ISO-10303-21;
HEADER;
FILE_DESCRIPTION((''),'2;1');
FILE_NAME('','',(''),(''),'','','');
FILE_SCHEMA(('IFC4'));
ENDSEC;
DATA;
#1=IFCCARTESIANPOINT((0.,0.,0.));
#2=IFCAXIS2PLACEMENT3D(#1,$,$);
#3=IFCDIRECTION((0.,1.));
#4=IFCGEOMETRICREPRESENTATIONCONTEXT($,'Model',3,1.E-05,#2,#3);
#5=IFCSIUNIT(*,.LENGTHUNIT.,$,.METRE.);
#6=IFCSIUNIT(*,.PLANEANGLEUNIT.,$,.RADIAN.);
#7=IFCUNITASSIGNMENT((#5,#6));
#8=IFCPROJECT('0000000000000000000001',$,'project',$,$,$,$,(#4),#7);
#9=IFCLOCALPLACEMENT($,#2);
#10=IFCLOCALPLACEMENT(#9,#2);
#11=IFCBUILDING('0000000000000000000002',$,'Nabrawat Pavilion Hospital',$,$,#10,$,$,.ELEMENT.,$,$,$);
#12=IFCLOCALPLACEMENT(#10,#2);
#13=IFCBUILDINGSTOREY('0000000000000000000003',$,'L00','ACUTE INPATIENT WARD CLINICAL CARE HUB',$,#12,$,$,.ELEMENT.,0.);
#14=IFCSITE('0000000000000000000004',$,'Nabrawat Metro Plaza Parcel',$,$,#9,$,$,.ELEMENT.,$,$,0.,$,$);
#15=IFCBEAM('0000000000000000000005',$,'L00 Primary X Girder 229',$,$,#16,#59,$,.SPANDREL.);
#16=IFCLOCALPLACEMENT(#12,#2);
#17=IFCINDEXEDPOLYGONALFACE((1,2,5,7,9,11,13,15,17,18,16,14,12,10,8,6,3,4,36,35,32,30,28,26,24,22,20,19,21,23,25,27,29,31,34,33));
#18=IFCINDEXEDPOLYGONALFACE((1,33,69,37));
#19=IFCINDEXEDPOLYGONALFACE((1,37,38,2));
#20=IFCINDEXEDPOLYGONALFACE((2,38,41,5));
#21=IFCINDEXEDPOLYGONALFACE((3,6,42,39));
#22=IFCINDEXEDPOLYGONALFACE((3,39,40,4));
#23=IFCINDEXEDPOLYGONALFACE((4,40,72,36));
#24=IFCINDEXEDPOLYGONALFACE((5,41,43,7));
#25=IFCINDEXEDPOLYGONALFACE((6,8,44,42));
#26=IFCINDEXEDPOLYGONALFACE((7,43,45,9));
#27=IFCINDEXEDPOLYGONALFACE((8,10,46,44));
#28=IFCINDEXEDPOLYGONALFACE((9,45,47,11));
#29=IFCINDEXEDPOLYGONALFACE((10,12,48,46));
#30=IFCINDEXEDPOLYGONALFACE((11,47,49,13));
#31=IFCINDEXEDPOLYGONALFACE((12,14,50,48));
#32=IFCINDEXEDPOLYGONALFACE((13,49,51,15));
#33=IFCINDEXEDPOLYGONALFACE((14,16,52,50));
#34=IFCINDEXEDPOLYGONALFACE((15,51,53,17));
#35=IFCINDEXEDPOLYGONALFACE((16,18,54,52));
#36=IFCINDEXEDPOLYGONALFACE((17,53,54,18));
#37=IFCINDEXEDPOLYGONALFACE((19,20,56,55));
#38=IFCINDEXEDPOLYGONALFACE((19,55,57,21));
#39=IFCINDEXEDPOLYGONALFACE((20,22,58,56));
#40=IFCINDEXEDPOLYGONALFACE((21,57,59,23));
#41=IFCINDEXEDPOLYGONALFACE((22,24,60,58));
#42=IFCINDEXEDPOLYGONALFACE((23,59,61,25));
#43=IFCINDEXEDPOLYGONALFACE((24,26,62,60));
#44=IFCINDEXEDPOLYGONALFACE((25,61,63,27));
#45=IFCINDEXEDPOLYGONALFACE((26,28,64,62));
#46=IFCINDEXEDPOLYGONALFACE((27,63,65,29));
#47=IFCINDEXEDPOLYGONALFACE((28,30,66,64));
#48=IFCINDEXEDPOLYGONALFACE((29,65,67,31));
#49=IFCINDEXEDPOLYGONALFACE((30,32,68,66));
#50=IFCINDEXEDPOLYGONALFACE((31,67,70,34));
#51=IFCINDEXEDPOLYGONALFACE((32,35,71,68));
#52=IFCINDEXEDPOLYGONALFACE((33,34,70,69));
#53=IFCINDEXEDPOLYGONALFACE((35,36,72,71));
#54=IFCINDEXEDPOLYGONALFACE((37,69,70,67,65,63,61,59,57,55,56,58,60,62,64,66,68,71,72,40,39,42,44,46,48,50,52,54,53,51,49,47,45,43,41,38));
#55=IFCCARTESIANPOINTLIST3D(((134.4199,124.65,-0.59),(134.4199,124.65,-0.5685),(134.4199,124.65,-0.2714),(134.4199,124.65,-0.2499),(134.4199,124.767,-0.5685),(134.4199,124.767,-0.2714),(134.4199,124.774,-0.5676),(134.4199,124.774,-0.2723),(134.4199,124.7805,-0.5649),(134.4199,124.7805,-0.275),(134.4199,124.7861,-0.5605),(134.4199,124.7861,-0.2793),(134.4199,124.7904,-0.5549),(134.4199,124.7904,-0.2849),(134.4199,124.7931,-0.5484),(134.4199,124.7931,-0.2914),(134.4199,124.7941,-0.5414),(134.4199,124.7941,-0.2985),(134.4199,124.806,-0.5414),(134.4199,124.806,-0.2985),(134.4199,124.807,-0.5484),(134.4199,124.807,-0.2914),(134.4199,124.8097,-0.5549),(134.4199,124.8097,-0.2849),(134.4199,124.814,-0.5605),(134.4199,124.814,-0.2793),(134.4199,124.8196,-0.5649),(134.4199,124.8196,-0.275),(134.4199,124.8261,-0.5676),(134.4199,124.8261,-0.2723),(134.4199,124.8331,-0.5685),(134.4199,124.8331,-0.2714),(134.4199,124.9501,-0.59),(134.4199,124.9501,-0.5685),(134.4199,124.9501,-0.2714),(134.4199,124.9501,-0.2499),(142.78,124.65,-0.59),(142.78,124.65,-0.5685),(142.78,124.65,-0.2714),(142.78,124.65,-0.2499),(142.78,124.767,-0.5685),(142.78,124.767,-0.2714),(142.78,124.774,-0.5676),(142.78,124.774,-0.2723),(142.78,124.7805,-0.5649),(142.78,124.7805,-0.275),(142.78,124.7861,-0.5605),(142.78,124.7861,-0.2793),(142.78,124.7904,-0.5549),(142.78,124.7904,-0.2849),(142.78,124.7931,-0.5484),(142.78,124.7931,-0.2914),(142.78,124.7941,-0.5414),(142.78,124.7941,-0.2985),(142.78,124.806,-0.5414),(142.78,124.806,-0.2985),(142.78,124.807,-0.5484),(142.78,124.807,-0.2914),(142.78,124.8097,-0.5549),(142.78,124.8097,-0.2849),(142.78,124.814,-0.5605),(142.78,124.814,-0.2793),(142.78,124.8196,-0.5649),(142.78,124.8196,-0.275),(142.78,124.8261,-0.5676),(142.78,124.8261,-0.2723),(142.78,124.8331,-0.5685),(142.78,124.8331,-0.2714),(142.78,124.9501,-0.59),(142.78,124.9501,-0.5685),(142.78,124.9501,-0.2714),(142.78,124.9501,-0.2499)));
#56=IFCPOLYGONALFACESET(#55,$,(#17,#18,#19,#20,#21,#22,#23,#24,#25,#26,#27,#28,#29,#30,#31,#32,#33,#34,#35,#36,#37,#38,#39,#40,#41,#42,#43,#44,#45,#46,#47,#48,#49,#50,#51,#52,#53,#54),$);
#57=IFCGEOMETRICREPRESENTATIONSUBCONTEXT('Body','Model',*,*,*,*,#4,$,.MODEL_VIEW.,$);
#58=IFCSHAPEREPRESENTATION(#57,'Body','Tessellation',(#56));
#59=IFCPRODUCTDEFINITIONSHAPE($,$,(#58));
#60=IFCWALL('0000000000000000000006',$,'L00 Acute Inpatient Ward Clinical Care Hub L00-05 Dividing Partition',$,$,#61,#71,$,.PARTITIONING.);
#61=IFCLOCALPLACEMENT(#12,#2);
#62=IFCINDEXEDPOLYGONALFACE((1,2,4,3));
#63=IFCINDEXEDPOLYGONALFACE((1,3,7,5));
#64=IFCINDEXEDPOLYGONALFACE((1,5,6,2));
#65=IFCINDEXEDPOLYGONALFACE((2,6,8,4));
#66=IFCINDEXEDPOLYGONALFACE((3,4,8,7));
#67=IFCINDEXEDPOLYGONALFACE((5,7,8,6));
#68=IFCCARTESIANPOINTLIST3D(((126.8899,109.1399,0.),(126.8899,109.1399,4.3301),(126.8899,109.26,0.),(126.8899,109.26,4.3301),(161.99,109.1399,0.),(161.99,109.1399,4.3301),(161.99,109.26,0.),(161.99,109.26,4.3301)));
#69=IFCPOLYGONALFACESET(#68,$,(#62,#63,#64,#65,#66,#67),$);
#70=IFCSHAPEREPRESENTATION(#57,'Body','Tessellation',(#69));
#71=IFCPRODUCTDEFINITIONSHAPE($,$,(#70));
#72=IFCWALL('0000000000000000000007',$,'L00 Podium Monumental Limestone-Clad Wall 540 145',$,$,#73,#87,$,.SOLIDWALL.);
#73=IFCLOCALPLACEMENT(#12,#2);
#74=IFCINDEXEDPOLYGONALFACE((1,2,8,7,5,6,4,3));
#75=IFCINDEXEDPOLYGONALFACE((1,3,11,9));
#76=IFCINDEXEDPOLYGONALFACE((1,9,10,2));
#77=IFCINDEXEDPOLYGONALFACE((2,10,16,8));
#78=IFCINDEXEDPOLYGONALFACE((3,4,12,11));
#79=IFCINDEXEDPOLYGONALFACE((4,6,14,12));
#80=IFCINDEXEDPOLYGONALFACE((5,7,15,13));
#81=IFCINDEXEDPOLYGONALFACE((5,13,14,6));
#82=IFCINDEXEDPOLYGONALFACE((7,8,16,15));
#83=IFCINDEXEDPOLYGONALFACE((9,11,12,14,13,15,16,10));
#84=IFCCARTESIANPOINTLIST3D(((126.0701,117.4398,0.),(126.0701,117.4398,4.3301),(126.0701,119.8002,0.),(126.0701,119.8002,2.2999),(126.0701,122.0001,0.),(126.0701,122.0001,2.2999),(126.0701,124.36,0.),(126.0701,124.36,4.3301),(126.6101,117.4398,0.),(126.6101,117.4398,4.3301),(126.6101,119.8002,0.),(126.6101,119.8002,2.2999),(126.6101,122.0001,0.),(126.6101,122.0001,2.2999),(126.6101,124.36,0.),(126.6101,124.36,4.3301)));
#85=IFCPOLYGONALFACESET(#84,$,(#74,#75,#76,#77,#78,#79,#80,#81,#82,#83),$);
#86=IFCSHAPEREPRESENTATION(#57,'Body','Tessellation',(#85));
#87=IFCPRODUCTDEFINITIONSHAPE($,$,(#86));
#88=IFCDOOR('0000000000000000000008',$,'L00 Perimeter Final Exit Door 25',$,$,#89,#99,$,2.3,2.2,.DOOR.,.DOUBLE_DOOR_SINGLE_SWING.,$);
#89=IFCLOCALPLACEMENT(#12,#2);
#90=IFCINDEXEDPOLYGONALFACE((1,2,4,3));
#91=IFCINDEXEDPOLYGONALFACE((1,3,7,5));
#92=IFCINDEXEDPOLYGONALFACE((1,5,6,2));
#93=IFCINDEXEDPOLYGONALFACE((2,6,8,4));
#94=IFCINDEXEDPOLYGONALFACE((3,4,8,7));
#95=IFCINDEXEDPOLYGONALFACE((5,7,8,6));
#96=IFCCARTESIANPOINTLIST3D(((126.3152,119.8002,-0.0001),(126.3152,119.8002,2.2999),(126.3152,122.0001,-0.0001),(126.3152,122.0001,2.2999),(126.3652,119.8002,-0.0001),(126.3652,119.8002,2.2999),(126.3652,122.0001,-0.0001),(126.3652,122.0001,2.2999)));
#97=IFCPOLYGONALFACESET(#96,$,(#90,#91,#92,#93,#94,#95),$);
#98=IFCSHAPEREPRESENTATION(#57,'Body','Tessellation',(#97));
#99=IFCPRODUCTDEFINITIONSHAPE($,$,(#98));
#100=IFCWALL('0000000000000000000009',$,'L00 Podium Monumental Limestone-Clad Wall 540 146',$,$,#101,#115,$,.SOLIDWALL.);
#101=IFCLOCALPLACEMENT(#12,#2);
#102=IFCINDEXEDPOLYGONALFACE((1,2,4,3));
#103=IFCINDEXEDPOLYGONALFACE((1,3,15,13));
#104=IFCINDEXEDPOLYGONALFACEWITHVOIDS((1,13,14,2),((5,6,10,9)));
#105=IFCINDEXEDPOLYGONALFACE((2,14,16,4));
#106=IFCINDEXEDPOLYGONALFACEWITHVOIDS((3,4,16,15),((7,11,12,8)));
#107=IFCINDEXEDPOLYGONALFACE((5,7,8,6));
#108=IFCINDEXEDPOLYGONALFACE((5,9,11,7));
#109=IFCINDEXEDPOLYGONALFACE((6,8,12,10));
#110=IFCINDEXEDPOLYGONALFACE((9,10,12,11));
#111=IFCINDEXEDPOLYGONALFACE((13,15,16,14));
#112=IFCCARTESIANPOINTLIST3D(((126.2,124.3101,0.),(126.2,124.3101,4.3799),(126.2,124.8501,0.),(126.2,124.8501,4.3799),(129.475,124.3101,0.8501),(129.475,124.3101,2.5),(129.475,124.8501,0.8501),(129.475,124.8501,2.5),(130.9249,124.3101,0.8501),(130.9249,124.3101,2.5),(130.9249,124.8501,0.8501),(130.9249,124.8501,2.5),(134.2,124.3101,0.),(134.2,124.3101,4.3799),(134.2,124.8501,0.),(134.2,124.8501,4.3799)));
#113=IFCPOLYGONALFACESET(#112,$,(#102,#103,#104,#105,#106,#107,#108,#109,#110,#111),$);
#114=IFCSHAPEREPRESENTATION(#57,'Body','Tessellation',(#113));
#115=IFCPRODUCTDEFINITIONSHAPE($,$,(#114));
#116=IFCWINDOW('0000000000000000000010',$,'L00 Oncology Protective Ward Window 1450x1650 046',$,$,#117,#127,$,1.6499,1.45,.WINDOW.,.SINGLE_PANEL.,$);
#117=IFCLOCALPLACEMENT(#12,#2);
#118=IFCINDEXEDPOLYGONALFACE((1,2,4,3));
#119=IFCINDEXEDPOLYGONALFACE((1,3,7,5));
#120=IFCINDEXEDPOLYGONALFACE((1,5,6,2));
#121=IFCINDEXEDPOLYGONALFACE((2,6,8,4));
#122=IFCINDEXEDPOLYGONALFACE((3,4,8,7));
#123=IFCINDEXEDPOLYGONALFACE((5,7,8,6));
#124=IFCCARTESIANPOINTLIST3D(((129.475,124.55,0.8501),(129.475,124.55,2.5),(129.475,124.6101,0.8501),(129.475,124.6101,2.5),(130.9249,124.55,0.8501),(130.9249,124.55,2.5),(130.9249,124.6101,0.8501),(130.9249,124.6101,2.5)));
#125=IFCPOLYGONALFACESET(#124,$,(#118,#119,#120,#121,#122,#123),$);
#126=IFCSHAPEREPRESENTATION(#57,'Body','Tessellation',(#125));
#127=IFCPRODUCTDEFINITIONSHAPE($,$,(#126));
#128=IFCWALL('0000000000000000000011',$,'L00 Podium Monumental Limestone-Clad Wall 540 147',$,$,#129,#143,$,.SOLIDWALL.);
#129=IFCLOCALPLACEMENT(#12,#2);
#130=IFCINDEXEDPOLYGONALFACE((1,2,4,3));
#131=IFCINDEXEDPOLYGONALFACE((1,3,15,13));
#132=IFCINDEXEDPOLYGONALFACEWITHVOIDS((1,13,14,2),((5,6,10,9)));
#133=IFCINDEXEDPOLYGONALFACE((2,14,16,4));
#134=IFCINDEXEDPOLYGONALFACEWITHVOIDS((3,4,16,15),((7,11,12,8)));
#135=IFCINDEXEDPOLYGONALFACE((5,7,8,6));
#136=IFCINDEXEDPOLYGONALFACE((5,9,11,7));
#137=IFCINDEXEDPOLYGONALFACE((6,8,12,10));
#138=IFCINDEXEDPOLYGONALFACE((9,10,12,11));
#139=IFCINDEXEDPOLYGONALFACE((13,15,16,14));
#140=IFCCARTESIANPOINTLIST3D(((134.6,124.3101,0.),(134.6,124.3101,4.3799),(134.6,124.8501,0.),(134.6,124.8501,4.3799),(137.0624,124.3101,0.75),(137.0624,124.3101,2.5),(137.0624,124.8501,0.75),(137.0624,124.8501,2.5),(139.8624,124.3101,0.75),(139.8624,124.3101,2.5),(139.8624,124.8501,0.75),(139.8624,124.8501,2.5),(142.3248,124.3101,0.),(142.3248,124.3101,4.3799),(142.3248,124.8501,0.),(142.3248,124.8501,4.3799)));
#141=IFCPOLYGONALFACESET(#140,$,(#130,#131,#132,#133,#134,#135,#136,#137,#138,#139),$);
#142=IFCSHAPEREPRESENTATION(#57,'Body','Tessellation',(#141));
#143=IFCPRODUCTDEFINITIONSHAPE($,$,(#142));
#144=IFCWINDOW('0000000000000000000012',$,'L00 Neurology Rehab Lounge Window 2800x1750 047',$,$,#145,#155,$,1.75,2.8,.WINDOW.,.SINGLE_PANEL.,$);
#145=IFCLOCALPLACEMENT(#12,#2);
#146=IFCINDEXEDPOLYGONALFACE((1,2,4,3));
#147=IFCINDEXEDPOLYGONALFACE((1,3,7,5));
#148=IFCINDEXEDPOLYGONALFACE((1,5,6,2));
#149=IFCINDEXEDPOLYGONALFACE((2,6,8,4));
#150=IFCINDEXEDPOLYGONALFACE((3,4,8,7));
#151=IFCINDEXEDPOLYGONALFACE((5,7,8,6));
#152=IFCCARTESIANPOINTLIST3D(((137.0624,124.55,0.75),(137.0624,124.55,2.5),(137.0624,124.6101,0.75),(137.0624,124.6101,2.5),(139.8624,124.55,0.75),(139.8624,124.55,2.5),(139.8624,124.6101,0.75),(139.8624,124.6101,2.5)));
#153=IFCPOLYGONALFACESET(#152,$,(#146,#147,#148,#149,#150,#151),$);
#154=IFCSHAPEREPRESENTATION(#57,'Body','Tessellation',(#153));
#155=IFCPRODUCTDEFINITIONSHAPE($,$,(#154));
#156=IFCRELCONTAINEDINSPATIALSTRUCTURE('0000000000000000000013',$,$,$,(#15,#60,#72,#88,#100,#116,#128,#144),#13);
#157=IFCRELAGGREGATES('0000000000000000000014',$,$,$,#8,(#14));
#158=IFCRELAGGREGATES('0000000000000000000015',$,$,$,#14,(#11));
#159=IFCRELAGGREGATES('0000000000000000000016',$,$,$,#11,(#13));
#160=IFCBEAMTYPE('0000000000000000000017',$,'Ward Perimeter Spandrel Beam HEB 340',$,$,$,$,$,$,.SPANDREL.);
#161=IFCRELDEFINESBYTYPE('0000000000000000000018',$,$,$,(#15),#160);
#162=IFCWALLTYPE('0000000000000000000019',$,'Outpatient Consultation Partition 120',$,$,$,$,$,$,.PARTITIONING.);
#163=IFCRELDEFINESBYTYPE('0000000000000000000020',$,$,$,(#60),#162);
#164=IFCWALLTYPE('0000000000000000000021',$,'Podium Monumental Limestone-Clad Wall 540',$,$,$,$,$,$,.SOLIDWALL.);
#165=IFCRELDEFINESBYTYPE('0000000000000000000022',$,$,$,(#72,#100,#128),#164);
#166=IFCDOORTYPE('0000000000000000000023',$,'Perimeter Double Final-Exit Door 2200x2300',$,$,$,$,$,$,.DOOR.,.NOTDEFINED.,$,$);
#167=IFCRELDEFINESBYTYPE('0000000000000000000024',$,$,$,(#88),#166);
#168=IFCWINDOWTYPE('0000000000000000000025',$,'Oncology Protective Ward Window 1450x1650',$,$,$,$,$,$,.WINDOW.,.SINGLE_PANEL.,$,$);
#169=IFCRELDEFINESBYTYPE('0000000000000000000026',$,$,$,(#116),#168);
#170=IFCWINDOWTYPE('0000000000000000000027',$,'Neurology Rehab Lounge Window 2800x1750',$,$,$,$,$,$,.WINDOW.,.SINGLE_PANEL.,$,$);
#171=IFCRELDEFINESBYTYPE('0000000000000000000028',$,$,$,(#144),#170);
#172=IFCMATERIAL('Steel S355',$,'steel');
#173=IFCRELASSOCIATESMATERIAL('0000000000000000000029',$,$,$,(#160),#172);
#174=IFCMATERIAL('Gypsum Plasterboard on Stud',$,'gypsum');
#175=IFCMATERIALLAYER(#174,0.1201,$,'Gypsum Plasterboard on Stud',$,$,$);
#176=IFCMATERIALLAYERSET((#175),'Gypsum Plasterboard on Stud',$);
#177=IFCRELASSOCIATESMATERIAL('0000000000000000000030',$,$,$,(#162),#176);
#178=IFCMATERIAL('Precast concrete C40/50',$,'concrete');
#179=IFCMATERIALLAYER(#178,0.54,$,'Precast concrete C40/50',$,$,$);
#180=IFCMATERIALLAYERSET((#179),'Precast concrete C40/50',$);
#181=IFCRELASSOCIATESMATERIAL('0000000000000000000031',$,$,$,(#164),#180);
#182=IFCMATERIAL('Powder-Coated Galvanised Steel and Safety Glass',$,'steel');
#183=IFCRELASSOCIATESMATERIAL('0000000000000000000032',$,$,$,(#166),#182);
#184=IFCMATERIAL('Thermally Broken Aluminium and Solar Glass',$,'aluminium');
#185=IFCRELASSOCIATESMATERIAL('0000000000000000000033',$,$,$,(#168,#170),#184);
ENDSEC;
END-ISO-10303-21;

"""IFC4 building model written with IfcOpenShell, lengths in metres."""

from ifc_helpers import new_model, si_unit, direction, frame, frame_2d, origin, origin_2d, place, context, subcontext, project, spatial, rectangle, i_section, extrude, material, layer, layer_set, material_profile, profile_set, type_object, element, fill, save


model = new_model("IFC4")

# Units and contexts
model_context = context("Model", 3, precision=1e-05, world=origin(), true_north=direction((0.0, 1.0)))
body_context = subcontext(model_context, "Body", "Model", "MODEL_VIEW")
ifc_project = project(units=[si_unit("LENGTHUNIT", "METRE"), si_unit("PLANEANGLEUNIT", "RADIAN")], contexts=[model_context])

# Site, building, storey
site_placement = place(None, origin())
site = spatial("IfcSite", under=ifc_project, at=site_placement, Name="Nabrawat Metro Plaza Parcel", CompositionType="ELEMENT", RefElevation=0.0)
building_placement = place(site_placement, origin())
building = spatial("IfcBuilding", under=site, at=building_placement, Name="Nabrawat Pavilion Hospital", CompositionType="ELEMENT")
storey_placement = place(building_placement, origin())
storey = spatial("IfcBuildingStorey", under=building, at=storey_placement, Name="L00", Description="ACUTE INPATIENT WARD CLINICAL CARE HUB", CompositionType="ELEMENT", Elevation=0.0)

# Shared definitions
ifc_material_1 = material(Name="Steel S355", Category="steel")

# Beam
ifc_material_profile_1 = material_profile(ifc_material_1, i_section(OverallWidth=0.3, OverallDepth=0.3401, WebThickness=0.012, FlangeThickness=0.0215, FilletRadius=0.0271, at=origin_2d()), Name="HEB 340")
ifc_profile_set_1 = profile_set([ifc_material_profile_1], Name="Steel S355")
beam_type_1 = type_object("IfcBeamType", Name="Ward Perimeter Spandrel Beam HEB 340", PredefinedType="SPANDREL", material=ifc_profile_set_1)
beam_1_placement = place(storey_placement, frame((134.4199, 124.8, -0.4199), z_axis=(1.0, 0.0, 0.0), x_axis=(0.0, 1.0, 0.0)))
element("IfcBeam", 1, at=beam_1_placement, inside=storey, type_object=beam_type_1, Name="L00 Primary X Girder 229", PredefinedType="SPANDREL", context=body_context, shape_type="SweptSolid", body=[
    extrude(i_section(OverallWidth=0.3, OverallDepth=0.3401, WebThickness=0.012, FlangeThickness=0.0215, FilletRadius=0.0271, at=origin_2d()), origin(), (0.0, 0.0, 1.0), 8.3601),
])

# Wall
ifc_material_2 = material(Name="Gypsum Plasterboard on Stud", Category="gypsum")
ifc_layer_1 = layer(ifc_material_2, 0.1201, Name="Gypsum Plasterboard on Stud")
ifc_layer_set_1 = layer_set([ifc_layer_1], Name="Gypsum Plasterboard on Stud")
wall_type_1 = type_object("IfcWallType", Name="Outpatient Consultation Partition 120", PredefinedType="PARTITIONING", material=ifc_layer_set_1)
wall_1_placement = place(storey_placement, frame((126.8899, 109.2, 0.0), z_axis=(0.0, 0.0, 1.0), x_axis=(1.0, 0.0, 0.0)))
element("IfcWall", 2, at=wall_1_placement, inside=storey, type_object=wall_type_1, Name="L00 Acute Inpatient Ward Clinical Care Hub L00-05 Dividing Partition", PredefinedType="PARTITIONING", context=body_context, shape_type="SweptSolid", body=[
    extrude(rectangle(XDim=35.1001, YDim=0.1201, at=frame_2d((17.55, 0.0))), origin(), (0.0, 0.0, 1.0), 4.3301),
])

# Wall, opening, door
ifc_material_3 = material(Name="Precast concrete C40/50", Category="concrete")
ifc_layer_2 = layer(ifc_material_3, 0.54, Name="Precast concrete C40/50")
ifc_layer_set_2 = layer_set([ifc_layer_2], Name="Precast concrete C40/50")
wall_type_2 = type_object("IfcWallType", Name="Podium Monumental Limestone-Clad Wall 540", PredefinedType="SOLIDWALL", material=ifc_layer_set_2)
wall_2_placement = place(storey_placement, frame((126.3401, 117.4399, 0.0), z_axis=(0.0, 0.0, 1.0), x_axis=(0.0, 1.0, 0.0)))
wall_2 = element("IfcWall", 3, at=wall_2_placement, inside=storey, type_object=wall_type_2, Name="L00 Podium Monumental Limestone-Clad Wall 540 145", PredefinedType="SOLIDWALL", context=body_context, shape_type="SweptSolid", body=[
    extrude(rectangle(XDim=6.9202, YDim=0.54, at=frame_2d((3.46, 0.0))), origin(), (0.0, 0.0, 1.0), 4.3301),
])
opening_1_placement = place(wall_2_placement, frame((2.3601, 0.0, 0.0)))
opening_1 = element("IfcOpeningElement", 4, at=opening_1_placement, cuts=wall_2, PredefinedType="OPENING", context=body_context, shape_type="SweptSolid", body=[
    extrude(rectangle(XDim=2.2, YDim=2.3, at=frame_2d((1.1001, 1.1499))), frame((0.0, 0.28, 0.0), z_axis=(0.0, -1.0, 0.0), x_axis=(1.0, 0.0, 0.0)), (0.0, 0.0, 1.0), 0.5601),
])
ifc_material_4 = material(Name="Powder-Coated Galvanised Steel and Safety Glass", Category="steel")
door_type = type_object("IfcDoorType", Name="Perimeter Double Final-Exit Door 2200x2300", OperationType="NOTDEFINED", PredefinedType="DOOR", material=ifc_material_4)
door_placement = place(opening_1_placement, origin())
door = element("IfcDoor", 5, at=door_placement, inside=storey, type_object=door_type, Name="L00 Perimeter Final Exit Door 25", OperationType="DOUBLE_DOOR_SINGLE_SWING", OverallHeight=2.3, OverallWidth=2.2, PredefinedType="DOOR", context=body_context, shape_type="SweptSolid", body=[
    extrude(rectangle(XDim=2.2, YDim=2.3, at=frame_2d((1.1001, 1.1499))), frame((0.0, 0.0249, 0.0), z_axis=(0.0, -1.0, 0.0), x_axis=(1.0, 0.0, 0.0)), (0.0, 0.0, 1.0), 0.05),
])
fill(opening_1, door)

# Walls, openings, windows
wall_3_placement = place(storey_placement, frame((126.2, 124.5801, 0.0), z_axis=(0.0, 0.0, 1.0), x_axis=(1.0, 0.0, 0.0)))
wall_3 = element("IfcWall", 6, at=wall_3_placement, inside=storey, type_object=wall_type_2, Name="L00 Podium Monumental Limestone-Clad Wall 540 146", PredefinedType="SOLIDWALL", context=body_context, shape_type="SweptSolid", body=[
    extrude(rectangle(XDim=8.0, YDim=0.54, at=frame_2d((4.0, 0.0))), origin(), (0.0, 0.0, 1.0), 4.3799),
])
opening_2_placement = place(wall_3_placement, frame((3.2749, 0.0, 0.8501)))
opening_2 = element("IfcOpeningElement", 7, at=opening_2_placement, cuts=wall_3, PredefinedType="OPENING", context=body_context, shape_type="SweptSolid", body=[
    extrude(rectangle(XDim=1.45, YDim=1.6499, at=frame_2d((0.7251, 0.825))), frame((0.0, 0.28, 0.0), z_axis=(0.0, -1.0, 0.0), x_axis=(1.0, 0.0, 0.0)), (0.0, 0.0, 1.0), 0.5601),
])
ifc_material_5 = material(Name="Thermally Broken Aluminium and Solar Glass", Category="aluminium")
window_type_1 = type_object("IfcWindowType", Name="Oncology Protective Ward Window 1450x1650", PartitioningType="SINGLE_PANEL", PredefinedType="WINDOW", material=ifc_material_5)
window_1_placement = place(opening_2_placement, origin())
window_1 = element("IfcWindow", 8, at=window_1_placement, inside=storey, type_object=window_type_1, Name="L00 Oncology Protective Ward Window 1450x1650 046", OverallHeight=1.6499, OverallWidth=1.45, PartitioningType="SINGLE_PANEL", PredefinedType="WINDOW", context=body_context, shape_type="SweptSolid", body=[
    extrude(rectangle(XDim=1.45, YDim=1.6499, at=frame_2d((0.7251, 0.825))), frame((0.0, 0.03, 0.0), z_axis=(0.0, -1.0, 0.0), x_axis=(1.0, 0.0, 0.0)), (0.0, 0.0, 1.0), 0.0601),
])
fill(opening_2, window_1)
wall_4_placement = place(storey_placement, frame((134.6001, 124.5801, 0.0), z_axis=(0.0, 0.0, 1.0), x_axis=(1.0, 0.0, 0.0)))
wall_4 = element("IfcWall", 9, at=wall_4_placement, inside=storey, type_object=wall_type_2, Name="L00 Podium Monumental Limestone-Clad Wall 540 147", PredefinedType="SOLIDWALL", context=body_context, shape_type="SweptSolid", body=[
    extrude(rectangle(XDim=7.7249, YDim=0.54, at=frame_2d((3.8623, 0.0))), origin(), (0.0, 0.0, 1.0), 4.3799),
])
opening_3_placement = place(wall_4_placement, frame((2.4624, 0.0, 0.75)))
opening_3 = element("IfcOpeningElement", 10, at=opening_3_placement, cuts=wall_4, PredefinedType="OPENING", context=body_context, shape_type="SweptSolid", body=[
    extrude(rectangle(XDim=2.8, YDim=1.75, at=frame_2d((1.3999, 0.875))), frame((0.0, 0.28, 0.0), z_axis=(0.0, -1.0, 0.0), x_axis=(1.0, 0.0, 0.0)), (0.0, 0.0, 1.0), 0.5601),
])
window_type_2 = type_object("IfcWindowType", Name="Neurology Rehab Lounge Window 2800x1750", PartitioningType="SINGLE_PANEL", PredefinedType="WINDOW", material=ifc_material_5)
window_2_placement = place(opening_3_placement, origin())
window_2 = element("IfcWindow", 11, at=window_2_placement, inside=storey, type_object=window_type_2, Name="L00 Neurology Rehab Lounge Window 2800x1750 047", OverallHeight=1.75, OverallWidth=2.8, PartitioningType="SINGLE_PANEL", PredefinedType="WINDOW", context=body_context, shape_type="SweptSolid", body=[
    extrude(rectangle(XDim=2.8, YDim=1.75, at=frame_2d((1.3999, 0.875))), frame((0.0, 0.03, 0.0), z_axis=(0.0, -1.0, 0.0), x_axis=(1.0, 0.0, 0.0)), (0.0, 0.0, 1.0), 0.0601),
])
fill(opening_3, window_2)

save(model, "model.ifc")
